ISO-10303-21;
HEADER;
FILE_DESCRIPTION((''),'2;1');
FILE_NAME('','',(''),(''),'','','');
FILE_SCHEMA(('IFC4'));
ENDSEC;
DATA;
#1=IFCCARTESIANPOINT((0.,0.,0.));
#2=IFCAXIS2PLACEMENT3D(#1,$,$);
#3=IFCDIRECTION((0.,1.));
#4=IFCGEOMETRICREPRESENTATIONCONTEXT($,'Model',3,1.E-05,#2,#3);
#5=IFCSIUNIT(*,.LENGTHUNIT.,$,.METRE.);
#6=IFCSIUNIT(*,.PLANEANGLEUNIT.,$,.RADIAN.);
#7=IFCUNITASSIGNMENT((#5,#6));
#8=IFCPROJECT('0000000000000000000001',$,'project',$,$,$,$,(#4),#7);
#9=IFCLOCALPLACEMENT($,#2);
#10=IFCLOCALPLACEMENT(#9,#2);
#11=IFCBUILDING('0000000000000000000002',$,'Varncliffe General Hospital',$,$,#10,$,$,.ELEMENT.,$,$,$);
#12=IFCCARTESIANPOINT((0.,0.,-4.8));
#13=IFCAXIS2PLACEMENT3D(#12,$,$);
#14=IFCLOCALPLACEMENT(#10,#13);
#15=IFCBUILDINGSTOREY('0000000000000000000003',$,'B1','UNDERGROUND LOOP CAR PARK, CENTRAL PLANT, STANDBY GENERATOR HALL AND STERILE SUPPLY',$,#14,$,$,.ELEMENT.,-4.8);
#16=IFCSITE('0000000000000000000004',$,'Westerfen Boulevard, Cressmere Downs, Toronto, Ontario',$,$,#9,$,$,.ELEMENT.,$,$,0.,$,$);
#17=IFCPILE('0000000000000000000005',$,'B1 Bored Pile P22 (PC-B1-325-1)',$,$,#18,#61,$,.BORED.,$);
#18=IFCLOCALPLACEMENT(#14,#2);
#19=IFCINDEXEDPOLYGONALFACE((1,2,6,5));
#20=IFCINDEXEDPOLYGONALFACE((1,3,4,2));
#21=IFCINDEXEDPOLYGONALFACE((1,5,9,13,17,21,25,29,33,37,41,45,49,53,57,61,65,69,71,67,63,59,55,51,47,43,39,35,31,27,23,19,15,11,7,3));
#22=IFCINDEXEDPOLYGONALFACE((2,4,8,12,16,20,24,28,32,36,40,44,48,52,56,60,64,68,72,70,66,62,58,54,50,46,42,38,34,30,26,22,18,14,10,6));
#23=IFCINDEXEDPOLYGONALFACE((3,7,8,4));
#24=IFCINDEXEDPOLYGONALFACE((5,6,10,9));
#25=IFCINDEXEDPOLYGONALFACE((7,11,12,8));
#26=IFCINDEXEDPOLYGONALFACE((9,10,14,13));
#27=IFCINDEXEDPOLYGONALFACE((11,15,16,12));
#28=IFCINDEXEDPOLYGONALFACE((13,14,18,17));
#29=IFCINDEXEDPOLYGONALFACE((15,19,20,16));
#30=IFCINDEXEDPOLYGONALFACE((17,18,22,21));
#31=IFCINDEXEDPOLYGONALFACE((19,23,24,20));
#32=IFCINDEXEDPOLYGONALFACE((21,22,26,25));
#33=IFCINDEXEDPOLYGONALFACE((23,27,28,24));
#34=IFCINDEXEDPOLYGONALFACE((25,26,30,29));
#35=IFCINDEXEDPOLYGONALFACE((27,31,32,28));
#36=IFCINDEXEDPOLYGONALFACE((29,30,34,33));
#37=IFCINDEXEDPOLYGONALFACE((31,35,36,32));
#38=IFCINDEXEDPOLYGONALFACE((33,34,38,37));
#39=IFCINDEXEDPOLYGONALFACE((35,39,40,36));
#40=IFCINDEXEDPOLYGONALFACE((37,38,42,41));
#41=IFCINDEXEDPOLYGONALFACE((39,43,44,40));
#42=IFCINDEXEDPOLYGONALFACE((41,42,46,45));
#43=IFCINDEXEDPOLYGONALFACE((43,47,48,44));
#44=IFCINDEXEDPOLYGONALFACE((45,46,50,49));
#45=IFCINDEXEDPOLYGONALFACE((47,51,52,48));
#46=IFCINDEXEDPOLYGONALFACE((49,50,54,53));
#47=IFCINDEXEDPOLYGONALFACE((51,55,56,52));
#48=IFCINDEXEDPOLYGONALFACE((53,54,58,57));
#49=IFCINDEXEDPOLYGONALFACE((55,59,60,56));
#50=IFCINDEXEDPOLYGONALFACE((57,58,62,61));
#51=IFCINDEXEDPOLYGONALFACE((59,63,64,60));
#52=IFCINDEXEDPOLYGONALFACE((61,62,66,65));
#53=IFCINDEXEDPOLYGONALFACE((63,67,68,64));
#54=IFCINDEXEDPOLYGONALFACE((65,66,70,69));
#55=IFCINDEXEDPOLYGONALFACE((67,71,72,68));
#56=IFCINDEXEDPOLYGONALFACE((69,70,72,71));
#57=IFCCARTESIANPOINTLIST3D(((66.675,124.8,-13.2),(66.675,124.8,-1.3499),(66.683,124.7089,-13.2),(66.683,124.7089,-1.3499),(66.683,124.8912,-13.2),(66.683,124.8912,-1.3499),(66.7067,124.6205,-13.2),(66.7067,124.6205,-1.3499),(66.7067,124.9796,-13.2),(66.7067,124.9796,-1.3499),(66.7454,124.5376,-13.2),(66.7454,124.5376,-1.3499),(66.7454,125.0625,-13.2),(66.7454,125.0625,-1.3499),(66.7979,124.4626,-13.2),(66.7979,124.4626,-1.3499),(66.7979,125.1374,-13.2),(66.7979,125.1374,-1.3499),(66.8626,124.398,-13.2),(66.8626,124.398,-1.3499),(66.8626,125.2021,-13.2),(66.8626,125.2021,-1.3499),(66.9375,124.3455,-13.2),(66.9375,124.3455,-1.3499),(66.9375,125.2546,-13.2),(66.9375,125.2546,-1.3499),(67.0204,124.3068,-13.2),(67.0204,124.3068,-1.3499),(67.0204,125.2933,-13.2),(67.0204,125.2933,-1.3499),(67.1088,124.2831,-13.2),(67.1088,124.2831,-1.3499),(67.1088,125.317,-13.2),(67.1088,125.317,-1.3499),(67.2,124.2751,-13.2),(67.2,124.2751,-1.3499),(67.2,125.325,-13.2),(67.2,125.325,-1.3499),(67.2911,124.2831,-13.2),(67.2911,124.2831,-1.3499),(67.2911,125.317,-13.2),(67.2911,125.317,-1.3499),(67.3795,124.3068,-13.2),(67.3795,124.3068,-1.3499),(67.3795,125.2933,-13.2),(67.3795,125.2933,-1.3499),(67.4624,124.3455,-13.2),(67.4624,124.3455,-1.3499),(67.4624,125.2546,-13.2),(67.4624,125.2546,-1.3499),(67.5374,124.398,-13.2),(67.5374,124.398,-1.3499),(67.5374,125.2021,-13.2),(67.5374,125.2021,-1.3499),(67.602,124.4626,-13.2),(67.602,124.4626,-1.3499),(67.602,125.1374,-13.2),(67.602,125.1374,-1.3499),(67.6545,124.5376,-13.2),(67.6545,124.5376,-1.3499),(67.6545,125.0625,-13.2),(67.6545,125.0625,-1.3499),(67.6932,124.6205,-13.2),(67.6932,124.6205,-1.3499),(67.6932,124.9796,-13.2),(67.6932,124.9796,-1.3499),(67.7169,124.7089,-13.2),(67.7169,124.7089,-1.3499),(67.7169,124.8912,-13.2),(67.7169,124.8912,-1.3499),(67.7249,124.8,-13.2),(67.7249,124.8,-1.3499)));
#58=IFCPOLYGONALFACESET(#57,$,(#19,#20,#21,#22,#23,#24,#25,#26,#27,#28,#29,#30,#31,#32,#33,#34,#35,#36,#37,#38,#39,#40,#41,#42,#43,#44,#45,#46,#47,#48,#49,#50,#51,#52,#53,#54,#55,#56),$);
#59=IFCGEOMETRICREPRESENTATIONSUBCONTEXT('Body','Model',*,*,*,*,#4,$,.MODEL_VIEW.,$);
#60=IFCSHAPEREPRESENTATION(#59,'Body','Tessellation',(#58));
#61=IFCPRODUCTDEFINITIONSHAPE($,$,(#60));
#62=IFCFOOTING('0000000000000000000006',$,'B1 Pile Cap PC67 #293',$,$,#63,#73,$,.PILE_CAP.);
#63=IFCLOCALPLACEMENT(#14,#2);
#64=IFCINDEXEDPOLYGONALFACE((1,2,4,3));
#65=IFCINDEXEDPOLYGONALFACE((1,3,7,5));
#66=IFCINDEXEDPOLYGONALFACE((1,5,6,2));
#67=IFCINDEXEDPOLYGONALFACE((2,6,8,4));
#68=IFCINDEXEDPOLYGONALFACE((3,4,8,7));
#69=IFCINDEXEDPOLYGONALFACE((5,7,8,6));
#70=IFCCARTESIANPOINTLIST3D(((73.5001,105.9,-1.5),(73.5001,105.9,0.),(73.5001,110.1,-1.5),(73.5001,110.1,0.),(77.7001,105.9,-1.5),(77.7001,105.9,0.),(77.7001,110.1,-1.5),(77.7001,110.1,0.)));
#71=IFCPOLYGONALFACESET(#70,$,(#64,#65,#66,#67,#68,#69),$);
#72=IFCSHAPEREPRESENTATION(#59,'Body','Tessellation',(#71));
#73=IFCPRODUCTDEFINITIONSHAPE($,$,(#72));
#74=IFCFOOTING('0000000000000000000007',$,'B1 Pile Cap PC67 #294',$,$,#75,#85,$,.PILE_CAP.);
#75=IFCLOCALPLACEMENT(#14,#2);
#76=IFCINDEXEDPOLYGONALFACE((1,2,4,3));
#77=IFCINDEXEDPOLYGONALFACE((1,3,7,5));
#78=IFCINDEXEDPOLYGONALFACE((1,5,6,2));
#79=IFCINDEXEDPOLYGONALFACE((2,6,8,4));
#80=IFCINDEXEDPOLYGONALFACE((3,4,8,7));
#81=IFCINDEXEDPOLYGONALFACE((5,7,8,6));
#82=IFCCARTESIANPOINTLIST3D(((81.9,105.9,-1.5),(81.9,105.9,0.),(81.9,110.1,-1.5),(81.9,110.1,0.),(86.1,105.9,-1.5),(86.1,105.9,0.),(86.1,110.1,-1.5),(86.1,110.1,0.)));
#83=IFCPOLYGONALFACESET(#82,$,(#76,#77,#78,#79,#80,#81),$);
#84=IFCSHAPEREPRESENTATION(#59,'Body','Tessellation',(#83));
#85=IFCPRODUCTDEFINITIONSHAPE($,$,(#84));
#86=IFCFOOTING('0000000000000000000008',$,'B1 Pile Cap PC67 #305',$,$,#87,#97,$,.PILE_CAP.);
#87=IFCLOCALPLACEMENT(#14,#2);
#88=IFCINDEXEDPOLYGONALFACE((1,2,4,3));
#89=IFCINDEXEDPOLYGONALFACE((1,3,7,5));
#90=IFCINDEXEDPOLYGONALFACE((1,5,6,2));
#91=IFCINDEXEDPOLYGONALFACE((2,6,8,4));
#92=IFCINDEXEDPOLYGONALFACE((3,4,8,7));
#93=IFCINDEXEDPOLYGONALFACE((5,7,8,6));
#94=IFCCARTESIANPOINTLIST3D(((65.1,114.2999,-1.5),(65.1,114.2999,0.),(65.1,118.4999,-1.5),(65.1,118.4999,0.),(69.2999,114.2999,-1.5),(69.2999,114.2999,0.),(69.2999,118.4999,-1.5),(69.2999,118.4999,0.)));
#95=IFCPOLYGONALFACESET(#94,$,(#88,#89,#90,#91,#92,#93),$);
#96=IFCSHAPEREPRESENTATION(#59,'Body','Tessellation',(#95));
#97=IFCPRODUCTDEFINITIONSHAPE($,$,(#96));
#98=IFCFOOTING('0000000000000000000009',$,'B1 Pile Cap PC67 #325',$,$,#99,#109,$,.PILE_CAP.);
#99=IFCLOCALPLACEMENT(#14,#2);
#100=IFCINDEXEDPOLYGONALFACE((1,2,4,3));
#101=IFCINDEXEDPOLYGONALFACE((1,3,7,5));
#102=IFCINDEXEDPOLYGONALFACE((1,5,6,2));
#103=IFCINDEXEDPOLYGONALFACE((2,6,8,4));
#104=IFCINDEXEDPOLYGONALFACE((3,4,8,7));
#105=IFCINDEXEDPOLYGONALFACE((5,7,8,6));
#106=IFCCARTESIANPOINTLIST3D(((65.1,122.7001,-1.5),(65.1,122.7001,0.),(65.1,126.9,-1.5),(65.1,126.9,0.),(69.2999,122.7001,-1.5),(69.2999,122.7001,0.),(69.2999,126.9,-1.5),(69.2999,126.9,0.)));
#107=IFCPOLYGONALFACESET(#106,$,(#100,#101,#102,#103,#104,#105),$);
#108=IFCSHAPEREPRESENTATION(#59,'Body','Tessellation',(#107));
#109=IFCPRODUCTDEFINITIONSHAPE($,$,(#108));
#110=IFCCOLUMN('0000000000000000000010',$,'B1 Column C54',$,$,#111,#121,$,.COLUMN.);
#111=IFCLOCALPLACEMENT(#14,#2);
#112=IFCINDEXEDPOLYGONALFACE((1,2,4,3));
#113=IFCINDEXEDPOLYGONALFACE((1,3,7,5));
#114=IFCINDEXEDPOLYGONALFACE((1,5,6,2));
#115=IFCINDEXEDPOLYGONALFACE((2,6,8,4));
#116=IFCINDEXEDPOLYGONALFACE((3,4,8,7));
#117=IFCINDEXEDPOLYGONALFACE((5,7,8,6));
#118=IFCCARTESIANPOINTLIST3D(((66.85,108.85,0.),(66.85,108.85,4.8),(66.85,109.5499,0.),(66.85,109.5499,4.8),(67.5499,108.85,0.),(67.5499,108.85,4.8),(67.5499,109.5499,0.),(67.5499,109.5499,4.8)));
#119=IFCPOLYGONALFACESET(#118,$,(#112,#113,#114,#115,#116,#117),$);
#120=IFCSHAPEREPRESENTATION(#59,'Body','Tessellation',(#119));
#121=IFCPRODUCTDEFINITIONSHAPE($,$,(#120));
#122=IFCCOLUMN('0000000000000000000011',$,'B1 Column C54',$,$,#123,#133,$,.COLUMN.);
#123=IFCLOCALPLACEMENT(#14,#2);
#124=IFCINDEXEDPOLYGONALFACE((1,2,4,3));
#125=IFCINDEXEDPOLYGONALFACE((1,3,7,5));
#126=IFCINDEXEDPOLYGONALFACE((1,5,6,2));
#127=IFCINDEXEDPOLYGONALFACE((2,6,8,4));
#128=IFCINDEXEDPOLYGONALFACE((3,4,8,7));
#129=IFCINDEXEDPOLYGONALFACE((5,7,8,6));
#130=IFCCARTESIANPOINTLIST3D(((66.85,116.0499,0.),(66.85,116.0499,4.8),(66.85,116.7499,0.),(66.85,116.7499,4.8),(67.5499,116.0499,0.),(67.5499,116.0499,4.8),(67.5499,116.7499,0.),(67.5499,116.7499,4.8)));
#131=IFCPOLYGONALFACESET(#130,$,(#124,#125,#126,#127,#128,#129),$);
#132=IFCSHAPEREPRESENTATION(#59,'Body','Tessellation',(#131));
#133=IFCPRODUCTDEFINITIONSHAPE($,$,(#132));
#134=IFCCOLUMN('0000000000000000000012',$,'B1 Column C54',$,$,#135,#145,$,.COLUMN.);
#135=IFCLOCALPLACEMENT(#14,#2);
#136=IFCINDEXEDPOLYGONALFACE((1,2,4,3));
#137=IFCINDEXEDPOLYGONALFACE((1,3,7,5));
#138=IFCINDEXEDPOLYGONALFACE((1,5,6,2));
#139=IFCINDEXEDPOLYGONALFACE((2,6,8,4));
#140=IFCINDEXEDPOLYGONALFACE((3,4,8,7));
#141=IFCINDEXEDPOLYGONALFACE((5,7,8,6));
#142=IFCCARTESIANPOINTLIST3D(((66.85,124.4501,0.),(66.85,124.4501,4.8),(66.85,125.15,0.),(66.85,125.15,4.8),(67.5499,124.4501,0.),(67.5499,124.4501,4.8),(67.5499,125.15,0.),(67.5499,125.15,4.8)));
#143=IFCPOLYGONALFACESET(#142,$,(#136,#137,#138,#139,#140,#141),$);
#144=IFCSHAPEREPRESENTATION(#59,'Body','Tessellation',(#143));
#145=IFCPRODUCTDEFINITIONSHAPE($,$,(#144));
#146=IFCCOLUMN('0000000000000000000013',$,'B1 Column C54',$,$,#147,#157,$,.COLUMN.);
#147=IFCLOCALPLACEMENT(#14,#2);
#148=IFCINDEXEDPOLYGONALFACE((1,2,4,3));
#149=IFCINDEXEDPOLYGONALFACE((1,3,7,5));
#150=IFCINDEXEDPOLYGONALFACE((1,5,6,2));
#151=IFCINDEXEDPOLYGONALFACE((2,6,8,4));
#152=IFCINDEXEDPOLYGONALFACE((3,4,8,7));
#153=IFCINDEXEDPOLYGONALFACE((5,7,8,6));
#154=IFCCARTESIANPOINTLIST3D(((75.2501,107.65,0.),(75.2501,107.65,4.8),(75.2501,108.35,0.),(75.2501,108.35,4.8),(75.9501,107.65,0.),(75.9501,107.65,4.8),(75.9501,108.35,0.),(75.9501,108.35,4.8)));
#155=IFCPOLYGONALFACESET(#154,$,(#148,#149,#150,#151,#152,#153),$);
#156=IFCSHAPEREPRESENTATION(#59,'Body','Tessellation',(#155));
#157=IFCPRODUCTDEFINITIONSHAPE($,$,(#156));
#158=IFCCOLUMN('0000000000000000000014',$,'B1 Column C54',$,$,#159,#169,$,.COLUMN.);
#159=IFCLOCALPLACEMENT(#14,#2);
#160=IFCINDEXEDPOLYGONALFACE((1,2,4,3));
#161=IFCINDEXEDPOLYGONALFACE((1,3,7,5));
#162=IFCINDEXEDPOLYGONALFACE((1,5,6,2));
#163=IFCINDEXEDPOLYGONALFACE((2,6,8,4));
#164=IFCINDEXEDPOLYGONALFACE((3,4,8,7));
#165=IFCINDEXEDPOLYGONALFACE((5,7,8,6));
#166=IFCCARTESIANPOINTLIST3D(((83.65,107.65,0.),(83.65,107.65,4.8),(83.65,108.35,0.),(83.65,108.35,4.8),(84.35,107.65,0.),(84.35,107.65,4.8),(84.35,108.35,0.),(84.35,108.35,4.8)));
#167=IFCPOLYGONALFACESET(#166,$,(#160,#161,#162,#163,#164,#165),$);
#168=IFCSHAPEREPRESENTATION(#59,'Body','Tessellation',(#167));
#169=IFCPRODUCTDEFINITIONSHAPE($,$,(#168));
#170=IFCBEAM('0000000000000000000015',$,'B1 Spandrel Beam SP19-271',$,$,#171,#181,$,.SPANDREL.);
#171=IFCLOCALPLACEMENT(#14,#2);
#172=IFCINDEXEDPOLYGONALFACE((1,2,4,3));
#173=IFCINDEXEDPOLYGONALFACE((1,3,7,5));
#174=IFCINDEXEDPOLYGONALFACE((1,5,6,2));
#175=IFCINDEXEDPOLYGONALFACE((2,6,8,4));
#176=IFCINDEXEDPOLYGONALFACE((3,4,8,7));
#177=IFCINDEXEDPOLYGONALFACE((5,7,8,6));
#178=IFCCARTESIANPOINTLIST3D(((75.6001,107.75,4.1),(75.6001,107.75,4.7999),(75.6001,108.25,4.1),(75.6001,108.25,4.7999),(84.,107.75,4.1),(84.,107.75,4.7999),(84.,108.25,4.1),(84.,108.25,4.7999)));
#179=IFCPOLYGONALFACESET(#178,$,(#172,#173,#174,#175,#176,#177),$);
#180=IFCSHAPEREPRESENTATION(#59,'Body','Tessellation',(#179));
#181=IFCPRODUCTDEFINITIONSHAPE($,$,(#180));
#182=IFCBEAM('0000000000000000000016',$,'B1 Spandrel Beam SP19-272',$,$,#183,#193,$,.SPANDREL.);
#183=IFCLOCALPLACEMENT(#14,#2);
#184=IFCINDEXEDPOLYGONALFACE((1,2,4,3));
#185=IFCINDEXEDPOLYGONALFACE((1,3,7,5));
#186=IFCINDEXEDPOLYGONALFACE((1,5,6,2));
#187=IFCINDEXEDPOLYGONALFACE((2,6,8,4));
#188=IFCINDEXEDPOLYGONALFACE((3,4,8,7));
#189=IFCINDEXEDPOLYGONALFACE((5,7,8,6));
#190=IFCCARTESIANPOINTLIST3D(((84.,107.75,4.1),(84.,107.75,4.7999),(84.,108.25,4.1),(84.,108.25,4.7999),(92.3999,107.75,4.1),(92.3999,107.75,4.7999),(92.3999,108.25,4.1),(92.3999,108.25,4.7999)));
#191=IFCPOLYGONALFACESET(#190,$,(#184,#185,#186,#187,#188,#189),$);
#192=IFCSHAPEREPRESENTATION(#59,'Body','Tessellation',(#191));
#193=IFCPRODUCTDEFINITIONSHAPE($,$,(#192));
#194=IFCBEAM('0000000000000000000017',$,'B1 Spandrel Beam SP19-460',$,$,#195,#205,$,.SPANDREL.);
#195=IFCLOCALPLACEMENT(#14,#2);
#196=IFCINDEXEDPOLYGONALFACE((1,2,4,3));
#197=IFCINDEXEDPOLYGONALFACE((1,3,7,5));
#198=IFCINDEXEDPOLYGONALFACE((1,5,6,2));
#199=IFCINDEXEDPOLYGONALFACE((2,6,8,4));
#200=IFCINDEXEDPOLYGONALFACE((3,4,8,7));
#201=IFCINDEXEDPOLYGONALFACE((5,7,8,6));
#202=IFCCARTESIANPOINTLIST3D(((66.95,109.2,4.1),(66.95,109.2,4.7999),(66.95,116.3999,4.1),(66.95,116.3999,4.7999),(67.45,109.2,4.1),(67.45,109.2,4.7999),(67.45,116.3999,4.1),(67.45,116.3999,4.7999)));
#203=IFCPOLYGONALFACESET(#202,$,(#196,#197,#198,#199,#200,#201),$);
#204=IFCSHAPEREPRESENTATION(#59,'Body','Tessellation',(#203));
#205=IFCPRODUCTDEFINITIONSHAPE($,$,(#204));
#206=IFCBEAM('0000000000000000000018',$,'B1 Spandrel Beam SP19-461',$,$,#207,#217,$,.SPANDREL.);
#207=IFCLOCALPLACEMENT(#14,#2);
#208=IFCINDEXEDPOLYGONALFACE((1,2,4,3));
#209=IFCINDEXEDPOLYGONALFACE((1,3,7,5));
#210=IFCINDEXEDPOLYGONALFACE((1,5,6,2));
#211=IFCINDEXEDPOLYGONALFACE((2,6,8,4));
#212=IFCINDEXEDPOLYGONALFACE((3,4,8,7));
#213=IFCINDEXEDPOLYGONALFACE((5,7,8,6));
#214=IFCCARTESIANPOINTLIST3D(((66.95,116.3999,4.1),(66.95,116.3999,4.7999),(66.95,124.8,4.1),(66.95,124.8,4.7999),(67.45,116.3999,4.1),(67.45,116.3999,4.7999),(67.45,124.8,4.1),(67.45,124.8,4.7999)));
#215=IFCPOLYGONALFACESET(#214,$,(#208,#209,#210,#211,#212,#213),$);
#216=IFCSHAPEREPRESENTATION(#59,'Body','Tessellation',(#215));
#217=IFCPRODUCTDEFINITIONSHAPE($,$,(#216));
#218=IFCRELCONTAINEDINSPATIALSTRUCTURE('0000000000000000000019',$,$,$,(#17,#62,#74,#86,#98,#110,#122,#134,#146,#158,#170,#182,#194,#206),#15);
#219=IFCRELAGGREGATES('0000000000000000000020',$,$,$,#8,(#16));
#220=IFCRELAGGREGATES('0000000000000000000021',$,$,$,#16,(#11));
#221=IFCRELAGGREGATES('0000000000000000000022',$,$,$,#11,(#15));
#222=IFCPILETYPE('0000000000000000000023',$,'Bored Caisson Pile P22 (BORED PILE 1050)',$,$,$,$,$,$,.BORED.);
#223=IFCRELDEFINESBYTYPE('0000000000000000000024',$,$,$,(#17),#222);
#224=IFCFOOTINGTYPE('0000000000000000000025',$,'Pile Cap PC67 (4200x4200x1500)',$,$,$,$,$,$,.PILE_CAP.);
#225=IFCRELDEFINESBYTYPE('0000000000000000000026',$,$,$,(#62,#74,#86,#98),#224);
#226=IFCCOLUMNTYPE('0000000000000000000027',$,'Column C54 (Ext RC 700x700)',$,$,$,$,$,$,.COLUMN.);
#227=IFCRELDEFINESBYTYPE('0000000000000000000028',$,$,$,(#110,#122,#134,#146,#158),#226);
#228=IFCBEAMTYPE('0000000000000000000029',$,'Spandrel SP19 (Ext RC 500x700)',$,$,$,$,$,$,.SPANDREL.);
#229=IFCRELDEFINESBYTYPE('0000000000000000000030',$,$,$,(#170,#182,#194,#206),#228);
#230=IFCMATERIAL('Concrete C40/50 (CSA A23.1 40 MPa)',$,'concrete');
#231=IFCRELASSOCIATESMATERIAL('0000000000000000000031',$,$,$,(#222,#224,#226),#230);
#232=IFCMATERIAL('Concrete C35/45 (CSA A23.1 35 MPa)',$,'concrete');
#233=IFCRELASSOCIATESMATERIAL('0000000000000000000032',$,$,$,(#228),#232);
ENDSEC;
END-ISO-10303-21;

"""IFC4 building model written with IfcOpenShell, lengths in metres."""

from ifc_helpers import new_model, si_unit, direction, frame, origin, origin_2d, place, context, subcontext, project, spatial, rectangle, circle, extrude, material, material_profile, profile_set, type_object, element, save


model = new_model("IFC4")

# Units and contexts
model_context = context("Model", 3, precision=1e-05, world=origin(), true_north=direction((0.0, 1.0)))
body_context = subcontext(model_context, "Body", "Model", "MODEL_VIEW")
ifc_project = project(units=[si_unit("LENGTHUNIT", "METRE"), si_unit("PLANEANGLEUNIT", "RADIAN")], contexts=[model_context])

# Site, building, storey
site_placement = place(None, origin())
site = spatial("IfcSite", under=ifc_project, at=site_placement, Name="Westerfen Boulevard, Cressmere Downs, Toronto, Ontario", CompositionType="ELEMENT", RefElevation=0.0)
building_placement = place(site_placement, origin())
building = spatial("IfcBuilding", under=site, at=building_placement, Name="Varncliffe General Hospital", CompositionType="ELEMENT")
storey_placement = place(building_placement, frame((0.0, 0.0, -4.8)))
storey = spatial("IfcBuildingStorey", under=building, at=storey_placement, Name="B1", Description="UNDERGROUND LOOP CAR PARK, CENTRAL PLANT, STANDBY GENERATOR HALL AND STERILE SUPPLY", CompositionType="ELEMENT", Elevation=-4.8)

# Pile
ifc_material_1 = material(Name="Concrete C40/50 (CSA A23.1 40 MPa)", Category="concrete")
ifc_material_profile_1 = material_profile(ifc_material_1, circle(Radius=0.5249, at=origin_2d()), Name="BORED PILE 1050")
ifc_profile_set_1 = profile_set([ifc_material_profile_1], Name="Concrete C40/50 (CSA A23.1 40 MPa)")
pile_type = type_object("IfcPileType", Name="Bored Caisson Pile P22 (BORED PILE 1050)", PredefinedType="BORED", material=ifc_profile_set_1)
for number, where, z_axis, x_axis, name in (
    (1, (67.2, 124.8, -1.3499), (0.0, 0.0, -1.0), (1.0, 0.0, 0.0), "B1 Bored Pile P22 (PC-B1-325-1)"),
):
    element("IfcPile", number, at=place(storey_placement, frame(where, z_axis=z_axis, x_axis=x_axis)), inside=storey, type_object=pile_type, Name=name, PredefinedType="BORED", context=body_context, shape_type="SweptSolid", body=[
        extrude(circle(Radius=0.5249, at=origin_2d()), origin(), (0.0, 0.0, 1.0), 11.8501),
    ])

# Footings
footing_type = type_object("IfcFootingType", Name="Pile Cap PC67 (4200x4200x1500)", PredefinedType="PILE_CAP", material=ifc_material_1)
for number, where, z_axis, x_axis, name in (
    (2, (75.6001, 108.0, -1.5), (0.0, 0.0, 1.0), (1.0, 0.0, 0.0), "B1 Pile Cap PC67 #293"),
    (3, (84.0, 108.0, -1.5), (0.0, 0.0, 1.0), (1.0, 0.0, 0.0), "B1 Pile Cap PC67 #294"),
    (4, (67.2, 116.3999, -1.5), (0.0, 0.0, 1.0), (1.0, 0.0, 0.0), "B1 Pile Cap PC67 #305"),
    (5, (67.2, 124.8, -1.5), (0.0, 0.0, 1.0), (1.0, 0.0, 0.0), "B1 Pile Cap PC67 #325"),
):
    element("IfcFooting", number, at=place(storey_placement, frame(where, z_axis=z_axis, x_axis=x_axis)), inside=storey, type_object=footing_type, Name=name, PredefinedType="PILE_CAP", context=body_context, shape_type="SweptSolid", body=[
        extrude(rectangle(XDim=4.2, YDim=4.2, at=origin_2d()), origin(), (0.0, 0.0, 1.0), 1.5),
    ])

# Columns
ifc_material_profile_2 = material_profile(ifc_material_1, rectangle(XDim=0.7, YDim=0.7, at=origin_2d()), Name="RC 700x700")
ifc_profile_set_2 = profile_set([ifc_material_profile_2], Name="Concrete C40/50 (CSA A23.1 40 MPa)")
column_type = type_object("IfcColumnType", Name="Column C54 (Ext RC 700x700)", PredefinedType="COLUMN", material=ifc_profile_set_2)
for number, where, z_axis, x_axis, name in (
    (6, (67.2, 109.2, 0.0), (0.0, 0.0, 1.0), (1.0, 0.0, 0.0), "B1 Column C54"),
    (7, (67.2, 116.3999, 0.0), (0.0, 0.0, 1.0), (1.0, 0.0, 0.0), "B1 Column C54"),
    (8, (67.2, 124.8, 0.0), (0.0, 0.0, 1.0), (1.0, 0.0, 0.0), "B1 Column C54"),
    (9, (75.6001, 108.0, 0.0), (0.0, 0.0, 1.0), (1.0, 0.0, 0.0), "B1 Column C54"),
    (10, (84.0, 108.0, 0.0), (0.0, 0.0, 1.0), (1.0, 0.0, 0.0), "B1 Column C54"),
):
    element("IfcColumn", number, at=place(storey_placement, frame(where, z_axis=z_axis, x_axis=x_axis)), inside=storey, type_object=column_type, Name=name, PredefinedType="COLUMN", context=body_context, shape_type="SweptSolid", body=[
        extrude(rectangle(XDim=0.7, YDim=0.7, at=origin_2d()), origin(), (0.0, 0.0, 1.0), 4.8),
    ])

# Beams
ifc_material_2 = material(Name="Concrete C35/45 (CSA A23.1 35 MPa)", Category="concrete")
ifc_material_profile_3 = material_profile(ifc_material_2, rectangle(XDim=0.5, YDim=0.7, at=origin_2d()), Name="RC 500x700")
ifc_profile_set_3 = profile_set([ifc_material_profile_3], Name="Concrete C35/45 (CSA A23.1 35 MPa)")
beam_type = type_object("IfcBeamType", Name="Spandrel SP19 (Ext RC 500x700)", PredefinedType="SPANDREL", material=ifc_profile_set_3)
for number, where, z_axis, x_axis, name in (
    (11, (75.6001, 108.0, 4.45), (1.0, 0.0, 0.0), (0.0, 1.0, 0.0), "B1 Spandrel Beam SP19-271"),
    (12, (84.0, 108.0, 4.45), (1.0, 0.0, 0.0), (0.0, 1.0, 0.0), "B1 Spandrel Beam SP19-272"),
):
    element("IfcBeam", number, at=place(storey_placement, frame(where, z_axis=z_axis, x_axis=x_axis)), inside=storey, type_object=beam_type, Name=name, PredefinedType="SPANDREL", context=body_context, shape_type="SweptSolid", body=[
        extrude(rectangle(XDim=0.5, YDim=0.7, at=origin_2d()), origin(), (0.0, 0.0, 1.0), 8.3999),
    ])
beam_1_placement = place(storey_placement, frame((67.2, 109.2, 4.45), z_axis=(0.0, 1.0, 0.0), x_axis=(-1.0, 0.0, 0.0)))
element("IfcBeam", 13, at=beam_1_placement, inside=storey, type_object=beam_type, Name="B1 Spandrel Beam SP19-460", PredefinedType="SPANDREL", context=body_context, shape_type="SweptSolid", body=[
    extrude(rectangle(XDim=0.5, YDim=0.7, at=origin_2d()), origin(), (0.0, 0.0, 1.0), 7.2),
])
beam_2_placement = place(storey_placement, frame((67.2, 116.3999, 4.45), z_axis=(0.0, 1.0, 0.0), x_axis=(-1.0, 0.0, 0.0)))
element("IfcBeam", 14, at=beam_2_placement, inside=storey, type_object=beam_type, Name="B1 Spandrel Beam SP19-461", PredefinedType="SPANDREL", context=body_context, shape_type="SweptSolid", body=[
    extrude(rectangle(XDim=0.5, YDim=0.7, at=origin_2d()), origin(), (0.0, 0.0, 1.0), 8.4001),
])

save(model, "model.ifc")
